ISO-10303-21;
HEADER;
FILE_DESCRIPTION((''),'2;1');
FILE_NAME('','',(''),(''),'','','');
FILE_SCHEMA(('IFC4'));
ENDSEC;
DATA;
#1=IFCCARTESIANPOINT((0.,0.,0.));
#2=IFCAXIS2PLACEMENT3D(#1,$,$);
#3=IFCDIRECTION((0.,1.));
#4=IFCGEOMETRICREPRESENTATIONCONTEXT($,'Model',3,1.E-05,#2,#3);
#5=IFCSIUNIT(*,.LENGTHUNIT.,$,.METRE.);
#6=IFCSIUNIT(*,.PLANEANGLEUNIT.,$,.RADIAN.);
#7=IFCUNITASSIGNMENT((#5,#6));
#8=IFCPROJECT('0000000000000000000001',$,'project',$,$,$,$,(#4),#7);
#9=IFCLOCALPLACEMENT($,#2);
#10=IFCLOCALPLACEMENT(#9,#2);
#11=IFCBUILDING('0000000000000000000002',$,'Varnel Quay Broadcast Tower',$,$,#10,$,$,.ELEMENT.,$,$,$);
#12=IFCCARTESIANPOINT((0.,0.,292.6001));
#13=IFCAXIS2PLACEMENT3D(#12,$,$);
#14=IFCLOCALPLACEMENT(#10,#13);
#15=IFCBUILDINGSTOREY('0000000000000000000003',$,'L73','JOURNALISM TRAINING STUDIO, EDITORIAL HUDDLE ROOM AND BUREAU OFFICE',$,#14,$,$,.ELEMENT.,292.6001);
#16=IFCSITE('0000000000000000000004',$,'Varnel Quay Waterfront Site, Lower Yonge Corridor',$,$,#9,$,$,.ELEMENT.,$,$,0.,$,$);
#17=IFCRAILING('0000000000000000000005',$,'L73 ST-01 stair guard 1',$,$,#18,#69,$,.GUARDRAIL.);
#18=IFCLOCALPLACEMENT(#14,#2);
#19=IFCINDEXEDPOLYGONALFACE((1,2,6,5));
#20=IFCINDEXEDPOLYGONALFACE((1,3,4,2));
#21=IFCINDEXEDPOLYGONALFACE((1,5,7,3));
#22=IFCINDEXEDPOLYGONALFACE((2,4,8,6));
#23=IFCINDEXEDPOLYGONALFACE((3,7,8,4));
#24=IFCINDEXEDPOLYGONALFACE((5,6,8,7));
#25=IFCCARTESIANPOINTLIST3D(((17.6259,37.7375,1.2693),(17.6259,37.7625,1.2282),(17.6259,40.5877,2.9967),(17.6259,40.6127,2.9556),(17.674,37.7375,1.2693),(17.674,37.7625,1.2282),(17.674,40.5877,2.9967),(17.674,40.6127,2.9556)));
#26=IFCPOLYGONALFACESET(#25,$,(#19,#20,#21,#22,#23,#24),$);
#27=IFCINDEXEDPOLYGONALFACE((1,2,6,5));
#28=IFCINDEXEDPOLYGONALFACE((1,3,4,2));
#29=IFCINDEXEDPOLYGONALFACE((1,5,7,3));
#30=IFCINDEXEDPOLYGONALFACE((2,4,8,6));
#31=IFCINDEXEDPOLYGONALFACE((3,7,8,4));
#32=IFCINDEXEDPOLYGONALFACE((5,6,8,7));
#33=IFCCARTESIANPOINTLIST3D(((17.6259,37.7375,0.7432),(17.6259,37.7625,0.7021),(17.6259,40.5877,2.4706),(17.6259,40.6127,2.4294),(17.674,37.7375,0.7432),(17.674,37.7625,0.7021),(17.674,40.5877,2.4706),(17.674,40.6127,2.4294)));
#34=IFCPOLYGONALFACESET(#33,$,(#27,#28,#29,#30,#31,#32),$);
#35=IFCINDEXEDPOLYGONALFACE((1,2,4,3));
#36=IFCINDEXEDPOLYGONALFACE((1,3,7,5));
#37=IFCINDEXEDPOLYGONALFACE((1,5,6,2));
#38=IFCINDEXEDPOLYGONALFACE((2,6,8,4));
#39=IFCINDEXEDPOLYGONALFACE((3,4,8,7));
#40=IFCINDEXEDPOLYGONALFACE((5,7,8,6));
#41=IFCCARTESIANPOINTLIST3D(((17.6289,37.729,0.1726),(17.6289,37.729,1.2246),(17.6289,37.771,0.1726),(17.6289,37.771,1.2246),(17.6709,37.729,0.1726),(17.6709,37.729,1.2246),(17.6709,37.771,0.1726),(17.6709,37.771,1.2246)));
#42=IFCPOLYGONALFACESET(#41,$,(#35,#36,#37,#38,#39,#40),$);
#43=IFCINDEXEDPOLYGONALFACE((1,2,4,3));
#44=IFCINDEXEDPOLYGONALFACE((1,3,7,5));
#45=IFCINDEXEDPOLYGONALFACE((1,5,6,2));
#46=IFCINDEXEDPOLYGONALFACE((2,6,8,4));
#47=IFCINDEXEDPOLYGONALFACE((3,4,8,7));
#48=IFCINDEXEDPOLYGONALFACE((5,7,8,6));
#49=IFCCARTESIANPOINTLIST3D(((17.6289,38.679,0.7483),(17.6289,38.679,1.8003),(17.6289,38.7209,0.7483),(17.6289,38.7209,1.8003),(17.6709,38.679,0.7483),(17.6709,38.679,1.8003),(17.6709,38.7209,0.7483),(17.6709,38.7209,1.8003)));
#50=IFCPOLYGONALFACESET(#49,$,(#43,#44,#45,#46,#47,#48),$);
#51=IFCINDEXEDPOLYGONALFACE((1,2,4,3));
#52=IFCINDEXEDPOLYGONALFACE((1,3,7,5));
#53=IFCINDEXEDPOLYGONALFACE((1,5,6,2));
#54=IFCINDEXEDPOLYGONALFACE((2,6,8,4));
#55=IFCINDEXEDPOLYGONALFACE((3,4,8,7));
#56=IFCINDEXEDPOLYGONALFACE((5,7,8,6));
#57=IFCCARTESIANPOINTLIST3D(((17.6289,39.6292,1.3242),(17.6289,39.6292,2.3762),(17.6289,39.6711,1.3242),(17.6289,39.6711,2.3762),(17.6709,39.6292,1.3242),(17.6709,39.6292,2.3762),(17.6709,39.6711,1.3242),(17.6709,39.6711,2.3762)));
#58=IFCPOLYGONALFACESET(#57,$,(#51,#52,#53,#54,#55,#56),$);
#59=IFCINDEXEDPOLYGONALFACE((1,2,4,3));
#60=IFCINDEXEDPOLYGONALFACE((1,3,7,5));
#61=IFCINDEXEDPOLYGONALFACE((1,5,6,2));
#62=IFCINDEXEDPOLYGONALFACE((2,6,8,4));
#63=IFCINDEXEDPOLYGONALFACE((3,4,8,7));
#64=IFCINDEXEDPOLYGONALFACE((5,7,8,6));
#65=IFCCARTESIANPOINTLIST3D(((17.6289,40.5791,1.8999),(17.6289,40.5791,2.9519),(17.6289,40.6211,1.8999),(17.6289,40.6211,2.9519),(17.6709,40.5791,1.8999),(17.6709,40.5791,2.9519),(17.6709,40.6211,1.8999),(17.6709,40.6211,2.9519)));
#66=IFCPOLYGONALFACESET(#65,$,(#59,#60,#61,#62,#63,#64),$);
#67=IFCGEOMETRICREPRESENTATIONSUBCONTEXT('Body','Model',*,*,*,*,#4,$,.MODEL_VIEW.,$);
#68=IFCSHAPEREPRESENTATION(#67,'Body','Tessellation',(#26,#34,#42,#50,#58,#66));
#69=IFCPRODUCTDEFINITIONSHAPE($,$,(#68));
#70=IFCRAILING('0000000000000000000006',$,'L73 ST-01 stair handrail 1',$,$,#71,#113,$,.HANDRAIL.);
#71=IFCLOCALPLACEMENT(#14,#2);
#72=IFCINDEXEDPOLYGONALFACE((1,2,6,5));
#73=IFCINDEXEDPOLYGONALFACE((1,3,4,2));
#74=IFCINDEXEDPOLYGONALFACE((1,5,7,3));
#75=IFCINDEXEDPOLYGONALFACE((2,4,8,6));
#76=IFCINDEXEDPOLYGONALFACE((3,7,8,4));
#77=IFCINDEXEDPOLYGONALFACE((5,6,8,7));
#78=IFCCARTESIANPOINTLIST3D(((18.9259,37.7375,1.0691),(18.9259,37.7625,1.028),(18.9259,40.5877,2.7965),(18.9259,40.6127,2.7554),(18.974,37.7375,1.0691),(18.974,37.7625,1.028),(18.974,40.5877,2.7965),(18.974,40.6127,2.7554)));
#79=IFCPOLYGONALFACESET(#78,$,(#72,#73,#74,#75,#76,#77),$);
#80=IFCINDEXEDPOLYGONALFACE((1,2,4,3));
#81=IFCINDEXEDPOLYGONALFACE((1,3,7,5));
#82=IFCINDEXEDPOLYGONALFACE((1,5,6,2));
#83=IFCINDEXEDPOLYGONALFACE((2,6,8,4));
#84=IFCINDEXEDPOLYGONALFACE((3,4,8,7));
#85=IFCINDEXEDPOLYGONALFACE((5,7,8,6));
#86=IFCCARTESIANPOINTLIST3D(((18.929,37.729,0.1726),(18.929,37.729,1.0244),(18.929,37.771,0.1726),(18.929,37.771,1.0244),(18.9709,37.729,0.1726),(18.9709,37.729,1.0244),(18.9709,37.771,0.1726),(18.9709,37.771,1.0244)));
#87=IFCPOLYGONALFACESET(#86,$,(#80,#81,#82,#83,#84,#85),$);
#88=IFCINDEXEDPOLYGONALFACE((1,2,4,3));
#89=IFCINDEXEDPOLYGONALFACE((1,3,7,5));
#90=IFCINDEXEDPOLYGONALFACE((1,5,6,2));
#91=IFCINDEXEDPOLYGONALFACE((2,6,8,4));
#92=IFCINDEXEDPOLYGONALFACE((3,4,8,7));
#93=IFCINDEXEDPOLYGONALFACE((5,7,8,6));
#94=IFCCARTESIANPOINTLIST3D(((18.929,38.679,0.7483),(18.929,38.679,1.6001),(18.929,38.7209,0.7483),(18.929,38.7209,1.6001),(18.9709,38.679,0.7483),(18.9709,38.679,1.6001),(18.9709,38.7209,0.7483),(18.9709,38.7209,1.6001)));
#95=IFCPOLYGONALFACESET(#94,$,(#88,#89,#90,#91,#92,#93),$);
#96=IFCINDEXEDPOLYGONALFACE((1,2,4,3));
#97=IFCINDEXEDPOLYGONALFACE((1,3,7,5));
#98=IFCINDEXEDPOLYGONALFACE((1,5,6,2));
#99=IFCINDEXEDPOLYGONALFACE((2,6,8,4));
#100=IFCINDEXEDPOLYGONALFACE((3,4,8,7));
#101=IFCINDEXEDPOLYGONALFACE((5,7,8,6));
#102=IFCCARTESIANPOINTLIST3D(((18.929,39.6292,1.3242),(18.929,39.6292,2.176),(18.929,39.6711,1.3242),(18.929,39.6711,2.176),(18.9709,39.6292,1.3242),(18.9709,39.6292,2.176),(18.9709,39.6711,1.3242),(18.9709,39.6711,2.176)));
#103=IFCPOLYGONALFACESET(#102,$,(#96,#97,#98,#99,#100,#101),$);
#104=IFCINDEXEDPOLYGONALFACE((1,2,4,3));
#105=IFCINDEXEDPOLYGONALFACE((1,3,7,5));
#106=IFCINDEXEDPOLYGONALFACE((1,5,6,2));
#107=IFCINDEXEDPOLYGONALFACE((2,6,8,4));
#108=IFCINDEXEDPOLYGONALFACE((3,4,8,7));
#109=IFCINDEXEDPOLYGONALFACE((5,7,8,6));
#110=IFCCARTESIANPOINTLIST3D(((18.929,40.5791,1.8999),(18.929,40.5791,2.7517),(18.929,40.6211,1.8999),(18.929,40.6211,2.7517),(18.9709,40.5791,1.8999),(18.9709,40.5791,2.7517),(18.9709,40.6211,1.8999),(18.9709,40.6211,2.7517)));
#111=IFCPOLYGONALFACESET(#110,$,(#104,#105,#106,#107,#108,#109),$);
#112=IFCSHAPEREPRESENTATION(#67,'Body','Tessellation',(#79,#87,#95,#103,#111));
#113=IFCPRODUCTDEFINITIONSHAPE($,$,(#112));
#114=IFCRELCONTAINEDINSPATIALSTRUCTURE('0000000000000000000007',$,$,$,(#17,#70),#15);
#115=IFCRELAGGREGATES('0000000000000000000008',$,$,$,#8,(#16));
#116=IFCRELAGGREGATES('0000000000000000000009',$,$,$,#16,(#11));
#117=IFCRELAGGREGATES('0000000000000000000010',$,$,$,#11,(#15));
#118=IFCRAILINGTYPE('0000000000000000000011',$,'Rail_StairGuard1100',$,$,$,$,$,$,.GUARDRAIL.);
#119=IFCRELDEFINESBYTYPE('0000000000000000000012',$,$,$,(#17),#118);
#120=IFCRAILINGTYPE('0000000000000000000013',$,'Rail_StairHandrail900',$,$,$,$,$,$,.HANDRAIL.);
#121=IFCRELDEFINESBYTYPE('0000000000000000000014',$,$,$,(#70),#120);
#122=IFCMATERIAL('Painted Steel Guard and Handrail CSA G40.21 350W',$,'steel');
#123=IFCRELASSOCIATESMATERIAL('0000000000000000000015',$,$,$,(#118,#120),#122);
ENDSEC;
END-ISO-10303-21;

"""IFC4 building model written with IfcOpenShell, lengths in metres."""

from ifc_helpers import new_model, si_unit, direction, frame, origin, origin_2d, place, context, subcontext, project, spatial, rectangle, extrude, material, type_object, element, save


model = new_model("IFC4")

# Units and contexts
model_context = context("Model", 3, precision=1e-05, world=origin(), true_north=direction((0.0, 1.0)))
body_context = subcontext(model_context, "Body", "Model", "MODEL_VIEW")
ifc_project = project(units=[si_unit("LENGTHUNIT", "METRE"), si_unit("PLANEANGLEUNIT", "RADIAN")], contexts=[model_context])

# Site, building, storey
site_placement = place(None, origin())
site = spatial("IfcSite", under=ifc_project, at=site_placement, Name="Varnel Quay Waterfront Site, Lower Yonge Corridor", CompositionType="ELEMENT", RefElevation=0.0)
building_placement = place(site_placement, origin())
building = spatial("IfcBuilding", under=site, at=building_placement, Name="Varnel Quay Broadcast Tower", CompositionType="ELEMENT")
storey_placement = place(building_placement, frame((0.0, 0.0, 292.6001)))
storey = spatial("IfcBuildingStorey", under=building, at=storey_placement, Name="L73", Description="JOURNALISM TRAINING STUDIO, EDITORIAL HUDDLE ROOM AND BUREAU OFFICE", CompositionType="ELEMENT", Elevation=292.6001)

# Railings
ifc_material_1 = material(Name="Painted Steel Guard and Handrail CSA G40.21 350W", Category="steel")
railing_type_1 = type_object("IfcRailingType", Name="Rail_StairGuard1100", PredefinedType="GUARDRAIL", material=ifc_material_1)
railing_1_placement = place(storey_placement, frame((17.6499, 37.75, 0.1726)))
element("IfcRailing", 1, at=railing_1_placement, inside=storey, type_object=railing_type_1, Name="L73 ST-01 stair guard 1", PredefinedType="GUARDRAIL", context=body_context, shape_type="SweptSolid", body=[
    extrude(rectangle(XDim=0.0481, YDim=0.0481, at=origin_2d()), frame((0.0, 0.0, 1.0762), z_axis=(0.0, 0.855203, 0.518294), x_axis=(-1.0, 0.0, 0.0)), (0.0, 0.0, 1.0), 3.3328),
    extrude(rectangle(XDim=0.0481, YDim=0.0481, at=origin_2d()), frame((0.0, 0.0, 0.55), z_axis=(0.0, 0.855203, 0.518294), x_axis=(-1.0, 0.0, 0.0)), (0.0, 0.0, 1.0), 3.3328),
    extrude(rectangle(XDim=0.042, YDim=0.042, at=origin_2d()), origin(), (0.0, 0.0, 1.0), 1.052),
    extrude(rectangle(XDim=0.042, YDim=0.042, at=origin_2d()), frame((0.0, 0.95, 0.5757)), (0.0, 0.0, 1.0), 1.052),
    extrude(rectangle(XDim=0.042, YDim=0.042, at=origin_2d()), frame((0.0, 1.9001, 1.1516)), (0.0, 0.0, 1.0), 1.052),
    extrude(rectangle(XDim=0.042, YDim=0.042, at=origin_2d()), frame((0.0, 2.8501, 1.7273)), (0.0, 0.0, 1.0), 1.052),
])
railing_type_2 = type_object("IfcRailingType", Name="Rail_StairHandrail900", PredefinedType="HANDRAIL", material=ifc_material_1)
railing_2_placement = place(storey_placement, frame((18.95, 37.75, 0.1726)))
element("IfcRailing", 2, at=railing_2_placement, inside=storey, type_object=railing_type_2, Name="L73 ST-01 stair handrail 1", PredefinedType="HANDRAIL", context=body_context, shape_type="SweptSolid", body=[
    extrude(rectangle(XDim=0.0481, YDim=0.0481, at=origin_2d()), frame((0.0, 0.0, 0.876), z_axis=(0.0, 0.855203, 0.518294), x_axis=(-1.0, 0.0, 0.0)), (0.0, 0.0, 1.0), 3.3328),
    extrude(rectangle(XDim=0.042, YDim=0.042, at=origin_2d()), origin(), (0.0, 0.0, 1.0), 0.8518),
    extrude(rectangle(XDim=0.042, YDim=0.042, at=origin_2d()), frame((0.0, 0.95, 0.5757)), (0.0, 0.0, 1.0), 0.8518),
    extrude(rectangle(XDim=0.042, YDim=0.042, at=origin_2d()), frame((0.0, 1.9001, 1.1516)), (0.0, 0.0, 1.0), 0.8518),
    extrude(rectangle(XDim=0.042, YDim=0.042, at=origin_2d()), frame((0.0, 2.8501, 1.7273)), (0.0, 0.0, 1.0), 0.8518),
])

save(model, "model.ifc")
